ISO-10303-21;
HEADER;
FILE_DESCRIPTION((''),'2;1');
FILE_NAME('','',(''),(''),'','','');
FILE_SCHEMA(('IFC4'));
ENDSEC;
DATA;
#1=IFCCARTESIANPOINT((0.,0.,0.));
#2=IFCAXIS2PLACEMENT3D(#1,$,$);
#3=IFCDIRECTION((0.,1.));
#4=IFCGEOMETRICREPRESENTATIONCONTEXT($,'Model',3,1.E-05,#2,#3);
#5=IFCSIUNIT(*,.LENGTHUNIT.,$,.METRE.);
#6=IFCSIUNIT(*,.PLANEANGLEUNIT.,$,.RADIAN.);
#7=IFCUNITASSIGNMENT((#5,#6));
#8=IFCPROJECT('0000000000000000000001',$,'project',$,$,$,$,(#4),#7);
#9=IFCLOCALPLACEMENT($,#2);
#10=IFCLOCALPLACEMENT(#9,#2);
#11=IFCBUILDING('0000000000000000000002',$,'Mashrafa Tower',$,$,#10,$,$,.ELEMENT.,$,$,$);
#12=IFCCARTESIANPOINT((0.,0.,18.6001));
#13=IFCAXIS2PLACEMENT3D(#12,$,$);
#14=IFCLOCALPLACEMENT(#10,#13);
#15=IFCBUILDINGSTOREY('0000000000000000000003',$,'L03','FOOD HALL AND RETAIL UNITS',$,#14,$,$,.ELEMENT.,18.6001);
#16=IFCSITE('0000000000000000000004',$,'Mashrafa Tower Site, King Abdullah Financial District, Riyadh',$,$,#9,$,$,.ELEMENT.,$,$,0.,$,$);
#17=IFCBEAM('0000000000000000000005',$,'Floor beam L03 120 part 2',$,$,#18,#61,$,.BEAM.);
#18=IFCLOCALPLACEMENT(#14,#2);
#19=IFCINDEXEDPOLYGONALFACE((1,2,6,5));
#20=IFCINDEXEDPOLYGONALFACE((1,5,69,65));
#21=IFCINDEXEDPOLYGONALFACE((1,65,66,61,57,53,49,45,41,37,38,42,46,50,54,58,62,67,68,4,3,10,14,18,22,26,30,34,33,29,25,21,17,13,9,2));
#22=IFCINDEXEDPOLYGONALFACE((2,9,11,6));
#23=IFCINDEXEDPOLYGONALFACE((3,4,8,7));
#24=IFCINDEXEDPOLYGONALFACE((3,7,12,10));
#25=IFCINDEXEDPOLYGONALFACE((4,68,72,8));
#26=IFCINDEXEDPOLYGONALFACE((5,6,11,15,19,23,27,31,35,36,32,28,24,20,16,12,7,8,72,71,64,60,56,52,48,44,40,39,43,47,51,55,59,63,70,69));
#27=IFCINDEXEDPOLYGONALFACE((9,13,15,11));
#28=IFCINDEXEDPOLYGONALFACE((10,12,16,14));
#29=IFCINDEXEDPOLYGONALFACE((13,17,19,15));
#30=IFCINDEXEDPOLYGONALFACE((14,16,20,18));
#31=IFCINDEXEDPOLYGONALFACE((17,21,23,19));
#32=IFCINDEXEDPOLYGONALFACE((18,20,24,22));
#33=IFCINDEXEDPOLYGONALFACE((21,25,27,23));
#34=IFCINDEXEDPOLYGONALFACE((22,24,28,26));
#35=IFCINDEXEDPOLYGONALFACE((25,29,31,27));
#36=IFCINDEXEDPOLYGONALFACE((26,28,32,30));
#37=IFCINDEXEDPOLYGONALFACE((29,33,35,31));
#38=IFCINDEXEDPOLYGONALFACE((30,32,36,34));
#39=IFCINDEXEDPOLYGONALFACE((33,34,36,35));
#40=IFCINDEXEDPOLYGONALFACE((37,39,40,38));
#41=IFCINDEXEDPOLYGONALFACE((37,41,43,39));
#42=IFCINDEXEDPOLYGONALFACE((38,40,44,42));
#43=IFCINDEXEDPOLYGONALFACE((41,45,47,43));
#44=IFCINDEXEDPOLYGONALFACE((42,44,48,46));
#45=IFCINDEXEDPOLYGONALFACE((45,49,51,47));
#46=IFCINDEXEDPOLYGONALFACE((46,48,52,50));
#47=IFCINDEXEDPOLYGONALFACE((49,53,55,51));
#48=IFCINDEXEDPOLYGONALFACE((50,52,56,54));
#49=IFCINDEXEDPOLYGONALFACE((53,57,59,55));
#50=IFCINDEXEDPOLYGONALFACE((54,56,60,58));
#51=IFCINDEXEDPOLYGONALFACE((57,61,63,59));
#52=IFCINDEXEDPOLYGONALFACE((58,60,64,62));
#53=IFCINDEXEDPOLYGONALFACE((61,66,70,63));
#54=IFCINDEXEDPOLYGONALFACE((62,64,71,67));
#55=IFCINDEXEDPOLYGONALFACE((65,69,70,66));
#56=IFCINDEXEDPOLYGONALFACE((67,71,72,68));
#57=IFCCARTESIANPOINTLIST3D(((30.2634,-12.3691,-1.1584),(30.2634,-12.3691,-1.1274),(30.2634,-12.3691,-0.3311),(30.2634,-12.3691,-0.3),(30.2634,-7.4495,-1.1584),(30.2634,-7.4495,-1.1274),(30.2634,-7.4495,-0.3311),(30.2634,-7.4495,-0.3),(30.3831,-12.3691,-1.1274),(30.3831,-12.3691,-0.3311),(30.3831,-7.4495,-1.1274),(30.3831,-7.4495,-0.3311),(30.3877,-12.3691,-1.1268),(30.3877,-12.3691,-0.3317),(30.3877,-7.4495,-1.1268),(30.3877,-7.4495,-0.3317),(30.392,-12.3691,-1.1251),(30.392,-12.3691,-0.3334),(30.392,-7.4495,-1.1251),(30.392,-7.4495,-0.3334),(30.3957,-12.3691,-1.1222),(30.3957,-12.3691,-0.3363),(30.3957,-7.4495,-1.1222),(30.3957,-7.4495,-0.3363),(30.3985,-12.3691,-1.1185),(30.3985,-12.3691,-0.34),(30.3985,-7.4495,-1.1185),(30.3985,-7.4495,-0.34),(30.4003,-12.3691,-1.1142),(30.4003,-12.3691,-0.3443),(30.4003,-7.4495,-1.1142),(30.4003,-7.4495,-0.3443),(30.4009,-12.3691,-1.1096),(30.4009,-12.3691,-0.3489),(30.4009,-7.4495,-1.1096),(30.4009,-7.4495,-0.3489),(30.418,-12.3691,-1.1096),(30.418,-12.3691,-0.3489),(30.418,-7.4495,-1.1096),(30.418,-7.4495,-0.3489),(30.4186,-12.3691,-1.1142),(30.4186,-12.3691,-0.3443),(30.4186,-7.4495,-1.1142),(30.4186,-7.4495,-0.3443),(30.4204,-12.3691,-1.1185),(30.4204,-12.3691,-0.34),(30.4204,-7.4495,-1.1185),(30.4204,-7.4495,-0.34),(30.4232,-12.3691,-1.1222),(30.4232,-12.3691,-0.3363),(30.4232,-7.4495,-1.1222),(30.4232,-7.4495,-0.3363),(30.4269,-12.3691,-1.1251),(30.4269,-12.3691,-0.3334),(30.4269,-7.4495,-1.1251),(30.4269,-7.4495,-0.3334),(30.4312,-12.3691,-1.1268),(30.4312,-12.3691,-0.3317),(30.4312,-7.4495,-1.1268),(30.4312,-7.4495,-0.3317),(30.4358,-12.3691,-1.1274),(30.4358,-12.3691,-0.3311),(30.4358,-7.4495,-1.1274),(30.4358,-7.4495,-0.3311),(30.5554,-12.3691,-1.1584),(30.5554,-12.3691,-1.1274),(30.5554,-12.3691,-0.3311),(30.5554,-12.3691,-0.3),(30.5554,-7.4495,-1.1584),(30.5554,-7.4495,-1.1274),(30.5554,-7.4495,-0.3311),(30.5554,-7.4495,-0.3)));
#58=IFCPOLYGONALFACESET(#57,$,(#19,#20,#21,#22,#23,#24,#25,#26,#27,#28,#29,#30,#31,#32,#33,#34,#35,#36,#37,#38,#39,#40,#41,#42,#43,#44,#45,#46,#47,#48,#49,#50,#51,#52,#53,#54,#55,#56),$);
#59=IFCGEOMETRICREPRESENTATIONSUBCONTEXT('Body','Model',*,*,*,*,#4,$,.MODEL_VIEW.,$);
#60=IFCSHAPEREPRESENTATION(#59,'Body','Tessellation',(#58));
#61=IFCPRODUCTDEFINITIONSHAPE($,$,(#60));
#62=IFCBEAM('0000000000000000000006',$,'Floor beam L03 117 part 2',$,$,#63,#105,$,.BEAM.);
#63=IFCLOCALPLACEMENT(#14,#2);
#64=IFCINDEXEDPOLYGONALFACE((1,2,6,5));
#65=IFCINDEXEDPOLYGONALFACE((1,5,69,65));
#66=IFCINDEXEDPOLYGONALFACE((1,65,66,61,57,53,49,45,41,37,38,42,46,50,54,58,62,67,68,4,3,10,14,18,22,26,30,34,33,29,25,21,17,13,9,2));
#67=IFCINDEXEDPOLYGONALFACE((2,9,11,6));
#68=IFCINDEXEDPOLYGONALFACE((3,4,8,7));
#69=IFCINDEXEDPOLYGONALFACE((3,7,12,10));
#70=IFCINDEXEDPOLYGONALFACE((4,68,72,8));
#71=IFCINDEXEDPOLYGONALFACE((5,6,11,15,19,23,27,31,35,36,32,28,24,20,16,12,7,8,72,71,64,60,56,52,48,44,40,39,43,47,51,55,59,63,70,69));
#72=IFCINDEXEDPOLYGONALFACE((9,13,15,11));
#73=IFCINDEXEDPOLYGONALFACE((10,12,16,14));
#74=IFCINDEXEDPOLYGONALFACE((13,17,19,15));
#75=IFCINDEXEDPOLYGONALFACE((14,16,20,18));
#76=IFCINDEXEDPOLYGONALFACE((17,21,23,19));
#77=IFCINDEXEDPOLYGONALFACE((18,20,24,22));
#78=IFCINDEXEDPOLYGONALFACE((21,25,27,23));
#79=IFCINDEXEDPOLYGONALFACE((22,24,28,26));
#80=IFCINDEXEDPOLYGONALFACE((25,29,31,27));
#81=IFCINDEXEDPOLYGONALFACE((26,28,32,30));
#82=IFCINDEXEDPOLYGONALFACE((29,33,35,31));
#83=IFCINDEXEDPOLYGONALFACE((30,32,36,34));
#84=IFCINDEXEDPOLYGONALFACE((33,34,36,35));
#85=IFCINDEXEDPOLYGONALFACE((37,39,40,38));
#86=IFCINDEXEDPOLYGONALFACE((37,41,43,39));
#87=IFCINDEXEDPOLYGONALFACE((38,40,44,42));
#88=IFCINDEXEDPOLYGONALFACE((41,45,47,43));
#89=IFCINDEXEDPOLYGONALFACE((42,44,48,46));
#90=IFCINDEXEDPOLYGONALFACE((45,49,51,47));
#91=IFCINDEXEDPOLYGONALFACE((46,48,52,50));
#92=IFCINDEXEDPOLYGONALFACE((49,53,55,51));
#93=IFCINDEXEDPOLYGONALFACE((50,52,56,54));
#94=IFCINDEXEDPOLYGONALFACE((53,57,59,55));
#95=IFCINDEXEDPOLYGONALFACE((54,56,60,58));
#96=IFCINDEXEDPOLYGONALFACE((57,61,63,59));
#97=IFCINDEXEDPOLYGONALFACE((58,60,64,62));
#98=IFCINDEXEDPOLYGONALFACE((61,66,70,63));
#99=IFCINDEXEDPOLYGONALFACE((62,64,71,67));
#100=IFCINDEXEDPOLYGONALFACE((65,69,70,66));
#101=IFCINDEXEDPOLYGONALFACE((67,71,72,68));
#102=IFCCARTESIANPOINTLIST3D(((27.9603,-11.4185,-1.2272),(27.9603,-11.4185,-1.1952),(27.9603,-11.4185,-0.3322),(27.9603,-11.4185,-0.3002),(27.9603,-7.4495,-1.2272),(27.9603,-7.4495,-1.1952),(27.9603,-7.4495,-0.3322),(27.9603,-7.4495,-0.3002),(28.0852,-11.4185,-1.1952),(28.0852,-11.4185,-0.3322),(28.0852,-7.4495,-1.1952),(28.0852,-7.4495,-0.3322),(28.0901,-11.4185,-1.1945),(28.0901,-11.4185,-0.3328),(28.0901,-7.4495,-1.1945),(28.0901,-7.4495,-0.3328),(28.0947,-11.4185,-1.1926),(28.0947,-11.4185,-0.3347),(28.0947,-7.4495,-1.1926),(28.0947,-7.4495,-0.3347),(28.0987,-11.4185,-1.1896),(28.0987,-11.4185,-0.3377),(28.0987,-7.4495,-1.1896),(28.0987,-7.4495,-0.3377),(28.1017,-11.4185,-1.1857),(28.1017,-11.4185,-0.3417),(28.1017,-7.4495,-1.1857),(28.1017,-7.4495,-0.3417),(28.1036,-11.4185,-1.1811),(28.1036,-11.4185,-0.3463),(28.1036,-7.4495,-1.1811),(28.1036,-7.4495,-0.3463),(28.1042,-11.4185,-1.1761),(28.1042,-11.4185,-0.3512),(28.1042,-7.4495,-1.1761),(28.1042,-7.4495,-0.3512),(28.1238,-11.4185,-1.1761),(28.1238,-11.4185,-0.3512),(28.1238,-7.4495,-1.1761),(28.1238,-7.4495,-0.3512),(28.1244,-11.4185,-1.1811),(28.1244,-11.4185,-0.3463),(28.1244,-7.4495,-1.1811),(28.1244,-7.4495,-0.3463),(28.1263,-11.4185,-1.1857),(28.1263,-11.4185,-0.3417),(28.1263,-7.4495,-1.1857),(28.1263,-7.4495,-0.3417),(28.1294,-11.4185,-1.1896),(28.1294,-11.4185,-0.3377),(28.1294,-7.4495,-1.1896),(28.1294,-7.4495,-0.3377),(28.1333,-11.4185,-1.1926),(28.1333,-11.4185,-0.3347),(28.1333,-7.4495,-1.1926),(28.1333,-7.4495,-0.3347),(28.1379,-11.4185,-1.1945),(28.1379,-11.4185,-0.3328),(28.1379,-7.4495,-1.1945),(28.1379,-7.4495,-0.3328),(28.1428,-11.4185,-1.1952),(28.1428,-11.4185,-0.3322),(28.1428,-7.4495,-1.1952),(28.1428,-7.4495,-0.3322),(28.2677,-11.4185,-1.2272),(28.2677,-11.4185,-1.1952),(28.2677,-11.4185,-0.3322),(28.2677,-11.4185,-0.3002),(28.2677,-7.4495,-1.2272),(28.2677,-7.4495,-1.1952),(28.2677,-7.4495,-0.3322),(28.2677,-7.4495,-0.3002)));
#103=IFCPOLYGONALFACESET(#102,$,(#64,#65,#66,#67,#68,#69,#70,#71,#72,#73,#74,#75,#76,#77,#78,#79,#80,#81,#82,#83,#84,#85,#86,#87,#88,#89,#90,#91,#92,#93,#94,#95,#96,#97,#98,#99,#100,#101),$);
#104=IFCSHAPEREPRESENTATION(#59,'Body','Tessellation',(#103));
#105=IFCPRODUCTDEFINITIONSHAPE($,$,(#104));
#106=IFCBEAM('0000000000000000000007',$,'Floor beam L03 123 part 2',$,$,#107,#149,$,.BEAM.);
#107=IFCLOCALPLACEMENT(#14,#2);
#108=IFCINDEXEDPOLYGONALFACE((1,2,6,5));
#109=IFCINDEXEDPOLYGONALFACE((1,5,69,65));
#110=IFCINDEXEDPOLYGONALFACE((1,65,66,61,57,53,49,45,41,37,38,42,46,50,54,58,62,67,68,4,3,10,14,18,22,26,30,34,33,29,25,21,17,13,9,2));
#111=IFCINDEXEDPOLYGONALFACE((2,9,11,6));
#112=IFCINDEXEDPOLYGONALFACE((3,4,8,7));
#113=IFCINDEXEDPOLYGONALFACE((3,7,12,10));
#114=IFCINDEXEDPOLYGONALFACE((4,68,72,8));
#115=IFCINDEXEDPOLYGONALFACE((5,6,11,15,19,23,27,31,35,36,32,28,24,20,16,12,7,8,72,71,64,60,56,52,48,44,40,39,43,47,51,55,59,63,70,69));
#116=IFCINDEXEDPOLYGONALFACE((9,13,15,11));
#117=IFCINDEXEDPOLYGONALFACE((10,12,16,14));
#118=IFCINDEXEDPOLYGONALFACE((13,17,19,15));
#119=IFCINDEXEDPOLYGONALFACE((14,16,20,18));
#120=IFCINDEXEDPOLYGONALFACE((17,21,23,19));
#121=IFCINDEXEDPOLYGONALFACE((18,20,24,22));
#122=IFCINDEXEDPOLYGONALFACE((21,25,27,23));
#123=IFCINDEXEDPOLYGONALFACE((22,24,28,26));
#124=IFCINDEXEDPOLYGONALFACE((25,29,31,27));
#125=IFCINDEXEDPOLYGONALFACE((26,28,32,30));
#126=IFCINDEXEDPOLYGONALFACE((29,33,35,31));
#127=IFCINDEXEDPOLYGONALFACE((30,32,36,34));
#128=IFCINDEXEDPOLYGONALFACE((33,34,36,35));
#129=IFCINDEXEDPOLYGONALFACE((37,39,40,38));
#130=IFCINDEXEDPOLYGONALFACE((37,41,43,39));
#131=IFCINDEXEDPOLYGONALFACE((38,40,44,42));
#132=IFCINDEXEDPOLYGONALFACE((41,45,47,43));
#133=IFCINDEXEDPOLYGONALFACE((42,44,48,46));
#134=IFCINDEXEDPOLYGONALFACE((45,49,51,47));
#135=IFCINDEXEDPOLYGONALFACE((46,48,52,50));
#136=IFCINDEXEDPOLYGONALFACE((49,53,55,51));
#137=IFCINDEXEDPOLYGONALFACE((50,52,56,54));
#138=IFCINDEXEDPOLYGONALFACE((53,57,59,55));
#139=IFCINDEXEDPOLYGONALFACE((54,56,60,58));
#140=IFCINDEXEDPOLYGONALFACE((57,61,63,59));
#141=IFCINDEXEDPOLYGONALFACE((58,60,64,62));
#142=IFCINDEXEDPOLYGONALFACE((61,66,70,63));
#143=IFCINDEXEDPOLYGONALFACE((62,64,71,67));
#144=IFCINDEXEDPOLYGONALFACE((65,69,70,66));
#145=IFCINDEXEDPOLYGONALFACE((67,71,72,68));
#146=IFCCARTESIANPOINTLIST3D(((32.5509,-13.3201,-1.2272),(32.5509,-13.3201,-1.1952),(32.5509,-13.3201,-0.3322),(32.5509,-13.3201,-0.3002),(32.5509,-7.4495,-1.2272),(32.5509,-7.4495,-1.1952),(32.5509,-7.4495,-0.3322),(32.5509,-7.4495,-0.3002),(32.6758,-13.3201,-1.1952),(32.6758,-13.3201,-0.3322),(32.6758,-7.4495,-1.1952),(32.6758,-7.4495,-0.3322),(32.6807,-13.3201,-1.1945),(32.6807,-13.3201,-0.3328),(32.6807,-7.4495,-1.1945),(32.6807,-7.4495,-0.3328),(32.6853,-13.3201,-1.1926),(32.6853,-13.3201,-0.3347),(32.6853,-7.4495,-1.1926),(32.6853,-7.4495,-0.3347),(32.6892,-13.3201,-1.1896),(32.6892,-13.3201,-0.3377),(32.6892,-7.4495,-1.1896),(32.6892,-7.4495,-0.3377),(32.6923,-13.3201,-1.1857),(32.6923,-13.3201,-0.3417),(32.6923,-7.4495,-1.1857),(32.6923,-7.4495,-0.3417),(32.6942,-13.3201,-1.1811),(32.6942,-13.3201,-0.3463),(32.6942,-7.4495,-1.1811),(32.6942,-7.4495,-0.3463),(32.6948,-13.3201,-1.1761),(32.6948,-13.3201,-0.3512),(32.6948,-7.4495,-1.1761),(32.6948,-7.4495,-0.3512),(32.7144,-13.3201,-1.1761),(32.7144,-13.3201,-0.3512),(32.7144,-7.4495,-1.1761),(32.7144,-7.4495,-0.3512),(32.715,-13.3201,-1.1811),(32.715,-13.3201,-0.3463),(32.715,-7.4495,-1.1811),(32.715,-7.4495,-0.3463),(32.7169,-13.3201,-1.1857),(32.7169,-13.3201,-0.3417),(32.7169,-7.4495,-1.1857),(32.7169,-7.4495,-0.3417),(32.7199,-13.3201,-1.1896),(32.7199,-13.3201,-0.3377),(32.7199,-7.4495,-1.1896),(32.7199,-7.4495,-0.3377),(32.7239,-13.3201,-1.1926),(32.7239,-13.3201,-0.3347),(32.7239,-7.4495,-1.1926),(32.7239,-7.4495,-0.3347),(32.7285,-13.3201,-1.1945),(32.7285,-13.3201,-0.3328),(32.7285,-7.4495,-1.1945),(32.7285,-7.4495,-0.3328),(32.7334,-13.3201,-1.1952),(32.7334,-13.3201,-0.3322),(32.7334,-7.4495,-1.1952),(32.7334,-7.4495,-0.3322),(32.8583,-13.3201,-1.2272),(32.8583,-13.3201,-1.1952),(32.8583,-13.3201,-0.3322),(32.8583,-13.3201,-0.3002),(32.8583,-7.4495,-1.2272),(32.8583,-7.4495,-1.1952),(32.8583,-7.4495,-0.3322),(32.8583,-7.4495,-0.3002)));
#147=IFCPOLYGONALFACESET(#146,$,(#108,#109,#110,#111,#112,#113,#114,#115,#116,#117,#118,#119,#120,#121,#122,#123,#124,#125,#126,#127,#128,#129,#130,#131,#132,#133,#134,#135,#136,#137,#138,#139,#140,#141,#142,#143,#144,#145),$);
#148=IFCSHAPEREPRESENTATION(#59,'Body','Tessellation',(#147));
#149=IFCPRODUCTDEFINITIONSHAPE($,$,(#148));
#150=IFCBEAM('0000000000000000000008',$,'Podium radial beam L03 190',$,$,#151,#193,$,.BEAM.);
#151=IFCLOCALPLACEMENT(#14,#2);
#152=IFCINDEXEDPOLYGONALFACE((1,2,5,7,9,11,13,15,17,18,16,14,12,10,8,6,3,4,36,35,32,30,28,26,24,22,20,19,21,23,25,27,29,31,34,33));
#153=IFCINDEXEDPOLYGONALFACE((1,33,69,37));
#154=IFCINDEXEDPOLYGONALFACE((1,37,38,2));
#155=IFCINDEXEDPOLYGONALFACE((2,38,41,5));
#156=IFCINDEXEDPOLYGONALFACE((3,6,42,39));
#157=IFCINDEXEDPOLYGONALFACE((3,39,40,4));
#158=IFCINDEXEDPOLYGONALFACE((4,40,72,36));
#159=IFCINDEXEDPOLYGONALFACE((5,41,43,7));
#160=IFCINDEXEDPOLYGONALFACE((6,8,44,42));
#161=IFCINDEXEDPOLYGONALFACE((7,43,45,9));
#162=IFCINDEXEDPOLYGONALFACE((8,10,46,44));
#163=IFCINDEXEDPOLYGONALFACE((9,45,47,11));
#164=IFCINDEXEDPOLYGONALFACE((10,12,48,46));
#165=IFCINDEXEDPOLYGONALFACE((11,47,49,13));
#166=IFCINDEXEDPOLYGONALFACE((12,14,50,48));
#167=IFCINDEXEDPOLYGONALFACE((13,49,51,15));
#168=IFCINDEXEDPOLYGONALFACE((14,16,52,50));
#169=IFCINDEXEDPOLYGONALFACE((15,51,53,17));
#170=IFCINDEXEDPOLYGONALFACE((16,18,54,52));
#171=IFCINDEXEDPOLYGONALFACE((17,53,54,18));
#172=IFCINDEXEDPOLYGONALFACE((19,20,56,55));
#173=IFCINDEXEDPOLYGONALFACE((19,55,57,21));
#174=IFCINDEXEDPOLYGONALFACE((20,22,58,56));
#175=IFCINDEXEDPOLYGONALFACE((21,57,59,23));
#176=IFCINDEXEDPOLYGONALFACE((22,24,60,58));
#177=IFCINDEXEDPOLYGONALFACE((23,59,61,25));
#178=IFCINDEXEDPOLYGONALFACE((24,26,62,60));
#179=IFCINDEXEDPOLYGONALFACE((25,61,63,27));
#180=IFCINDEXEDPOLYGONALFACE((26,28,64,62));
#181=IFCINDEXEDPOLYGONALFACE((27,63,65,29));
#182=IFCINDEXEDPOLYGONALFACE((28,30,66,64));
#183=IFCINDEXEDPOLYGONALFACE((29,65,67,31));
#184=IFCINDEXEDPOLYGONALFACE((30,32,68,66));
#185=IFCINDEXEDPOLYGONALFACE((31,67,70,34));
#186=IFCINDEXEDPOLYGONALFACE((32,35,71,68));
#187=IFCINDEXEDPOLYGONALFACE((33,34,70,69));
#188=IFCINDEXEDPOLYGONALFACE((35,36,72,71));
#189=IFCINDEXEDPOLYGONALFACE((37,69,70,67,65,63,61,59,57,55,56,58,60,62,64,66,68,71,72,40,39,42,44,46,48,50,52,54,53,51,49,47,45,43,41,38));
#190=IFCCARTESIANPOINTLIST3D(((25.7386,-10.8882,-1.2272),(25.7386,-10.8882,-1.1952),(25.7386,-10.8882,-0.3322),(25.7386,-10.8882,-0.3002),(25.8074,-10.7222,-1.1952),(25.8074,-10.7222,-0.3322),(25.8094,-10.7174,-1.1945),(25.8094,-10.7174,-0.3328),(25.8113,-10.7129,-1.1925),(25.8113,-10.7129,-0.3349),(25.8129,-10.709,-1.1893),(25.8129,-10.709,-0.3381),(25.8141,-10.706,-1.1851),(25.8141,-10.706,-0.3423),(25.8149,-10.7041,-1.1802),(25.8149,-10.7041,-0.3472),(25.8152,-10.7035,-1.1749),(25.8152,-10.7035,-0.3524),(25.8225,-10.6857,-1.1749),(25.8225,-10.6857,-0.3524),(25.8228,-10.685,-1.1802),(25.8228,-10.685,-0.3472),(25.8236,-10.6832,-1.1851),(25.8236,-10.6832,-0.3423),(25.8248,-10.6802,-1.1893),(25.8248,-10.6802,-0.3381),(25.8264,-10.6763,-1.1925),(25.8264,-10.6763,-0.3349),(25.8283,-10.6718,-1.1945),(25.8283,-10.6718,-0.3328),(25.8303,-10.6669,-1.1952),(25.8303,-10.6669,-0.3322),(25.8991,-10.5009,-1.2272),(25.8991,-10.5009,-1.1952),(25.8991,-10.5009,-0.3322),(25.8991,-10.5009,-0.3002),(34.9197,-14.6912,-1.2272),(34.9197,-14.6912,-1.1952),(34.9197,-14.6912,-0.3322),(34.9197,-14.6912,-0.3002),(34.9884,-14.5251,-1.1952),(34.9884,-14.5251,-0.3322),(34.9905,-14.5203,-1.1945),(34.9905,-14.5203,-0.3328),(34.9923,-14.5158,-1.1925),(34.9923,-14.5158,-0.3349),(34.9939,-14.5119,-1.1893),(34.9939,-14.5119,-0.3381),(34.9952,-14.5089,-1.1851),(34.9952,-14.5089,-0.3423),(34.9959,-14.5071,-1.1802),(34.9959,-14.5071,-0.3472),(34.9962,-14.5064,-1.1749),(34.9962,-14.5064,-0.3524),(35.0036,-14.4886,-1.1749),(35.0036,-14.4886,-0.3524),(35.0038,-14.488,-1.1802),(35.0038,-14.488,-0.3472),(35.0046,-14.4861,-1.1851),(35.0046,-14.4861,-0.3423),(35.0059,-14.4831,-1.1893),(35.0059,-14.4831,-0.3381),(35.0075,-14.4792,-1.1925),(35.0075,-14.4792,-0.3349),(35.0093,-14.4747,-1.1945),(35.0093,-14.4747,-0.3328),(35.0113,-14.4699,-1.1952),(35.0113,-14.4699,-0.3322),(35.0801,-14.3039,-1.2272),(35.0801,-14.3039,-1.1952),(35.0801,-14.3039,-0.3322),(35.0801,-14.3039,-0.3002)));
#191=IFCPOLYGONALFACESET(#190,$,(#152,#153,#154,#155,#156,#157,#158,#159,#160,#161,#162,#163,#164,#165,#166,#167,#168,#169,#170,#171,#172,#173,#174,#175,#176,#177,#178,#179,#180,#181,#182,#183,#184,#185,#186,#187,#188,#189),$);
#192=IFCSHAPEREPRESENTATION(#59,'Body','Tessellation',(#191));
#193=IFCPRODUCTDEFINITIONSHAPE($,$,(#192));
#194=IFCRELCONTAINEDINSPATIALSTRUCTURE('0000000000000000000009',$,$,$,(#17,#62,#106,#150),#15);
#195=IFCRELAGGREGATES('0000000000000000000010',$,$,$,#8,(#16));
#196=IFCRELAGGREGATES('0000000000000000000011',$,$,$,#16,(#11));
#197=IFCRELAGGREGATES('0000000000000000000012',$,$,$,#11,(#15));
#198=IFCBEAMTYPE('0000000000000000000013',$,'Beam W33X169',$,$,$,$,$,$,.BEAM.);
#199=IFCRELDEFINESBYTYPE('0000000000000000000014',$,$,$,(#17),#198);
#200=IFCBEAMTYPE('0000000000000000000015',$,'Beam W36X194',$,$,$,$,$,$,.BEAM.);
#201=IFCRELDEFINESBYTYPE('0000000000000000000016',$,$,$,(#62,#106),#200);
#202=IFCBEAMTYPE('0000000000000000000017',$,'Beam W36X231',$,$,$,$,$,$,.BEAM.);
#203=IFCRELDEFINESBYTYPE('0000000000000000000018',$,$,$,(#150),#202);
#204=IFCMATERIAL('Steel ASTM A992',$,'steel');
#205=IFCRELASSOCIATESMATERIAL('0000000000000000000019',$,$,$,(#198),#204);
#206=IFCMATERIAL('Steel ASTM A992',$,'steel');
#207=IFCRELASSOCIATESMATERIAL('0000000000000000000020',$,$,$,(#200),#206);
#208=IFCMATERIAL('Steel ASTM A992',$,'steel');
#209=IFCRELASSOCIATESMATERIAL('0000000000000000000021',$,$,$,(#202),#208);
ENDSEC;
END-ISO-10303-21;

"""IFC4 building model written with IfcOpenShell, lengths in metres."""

from ifc_helpers import new_model, si_unit, direction, frame, origin, origin_2d, place, context, subcontext, project, spatial, i_section, extrude, material, material_profile, profile_set, type_object, element, save


model = new_model("IFC4")

# Units and contexts
model_context = context("Model", 3, precision=1e-05, world=origin(), true_north=direction((0.0, 1.0)))
body_context = subcontext(model_context, "Body", "Model", "MODEL_VIEW")
ifc_project = project(units=[si_unit("LENGTHUNIT", "METRE"), si_unit("PLANEANGLEUNIT", "RADIAN")], contexts=[model_context])

# Site, building, storey
site_placement = place(None, origin())
site = spatial("IfcSite", under=ifc_project, at=site_placement, Name="Mashrafa Tower Site, King Abdullah Financial District, Riyadh", CompositionType="ELEMENT", RefElevation=0.0)
building_placement = place(site_placement, origin())
building = spatial("IfcBuilding", under=site, at=building_placement, Name="Mashrafa Tower", CompositionType="ELEMENT")
storey_placement = place(building_placement, frame((0.0, 0.0, 18.6001)))
storey = spatial("IfcBuildingStorey", under=building, at=storey_placement, Name="L03", Description="FOOD HALL AND RETAIL UNITS", CompositionType="ELEMENT", Elevation=18.6001)

# Beams
ifc_material_1 = material(Name="Steel ASTM A992", Category="steel")
ifc_material_profile_1 = material_profile(ifc_material_1, i_section(OverallWidth=0.292, OverallDepth=0.8584, WebThickness=0.0171, FlangeThickness=0.031, FilletRadius=0.0178, at=origin_2d()), Name="W33X169")
ifc_profile_set_1 = profile_set([ifc_material_profile_1], Name="Steel ASTM A992")
beam_type_1 = type_object("IfcBeamType", Name="Beam W33X169", PredefinedType="BEAM", material=ifc_profile_set_1)
beam_1_placement = place(storey_placement, frame((30.4094, -7.4495, -0.7292), z_axis=(0.0, -1.0, 0.0), x_axis=(1.0, 0.0, 0.0)))
element("IfcBeam", 1, at=beam_1_placement, inside=storey, type_object=beam_type_1, Name="Floor beam L03 120 part 2", PredefinedType="BEAM", context=body_context, shape_type="SweptSolid", body=[
    extrude(i_section(OverallWidth=0.292, OverallDepth=0.8584, WebThickness=0.0171, FlangeThickness=0.031, FilletRadius=0.0178, at=origin_2d()), origin(), (0.0, 0.0, 1.0), 4.9197),
])
ifc_material_2 = material(Name="Steel ASTM A992", Category="steel")
ifc_material_profile_2 = material_profile(ifc_material_2, i_section(OverallWidth=0.3074, OverallDepth=0.927, WebThickness=0.0195, FlangeThickness=0.032, FilletRadius=0.019, at=origin_2d()), Name="W36X194")
ifc_profile_set_2 = profile_set([ifc_material_profile_2], Name="Steel ASTM A992")
beam_type_2 = type_object("IfcBeamType", Name="Beam W36X194", PredefinedType="BEAM", material=ifc_profile_set_2)
beam_2_placement = place(storey_placement, frame((28.114, -7.4495, -0.7637), z_axis=(0.0, -1.0, 0.0), x_axis=(1.0, 0.0, 0.0)))
element("IfcBeam", 2, at=beam_2_placement, inside=storey, type_object=beam_type_2, Name="Floor beam L03 117 part 2", PredefinedType="BEAM", context=body_context, shape_type="SweptSolid", body=[
    extrude(i_section(OverallWidth=0.3074, OverallDepth=0.927, WebThickness=0.0195, FlangeThickness=0.032, FilletRadius=0.019, at=origin_2d()), origin(), (0.0, 0.0, 1.0), 3.969),
])
beam_3_placement = place(storey_placement, frame((32.7046, -7.4495, -0.7637), z_axis=(0.0, -1.0, 0.0), x_axis=(1.0, 0.0, 0.0)))
element("IfcBeam", 3, at=beam_3_placement, inside=storey, type_object=beam_type_2, Name="Floor beam L03 123 part 2", PredefinedType="BEAM", context=body_context, shape_type="SweptSolid", body=[
    extrude(i_section(OverallWidth=0.3074, OverallDepth=0.927, WebThickness=0.0195, FlangeThickness=0.032, FilletRadius=0.019, at=origin_2d()), origin(), (0.0, 0.0, 1.0), 5.8706),
])
ifc_material_3 = material(Name="Steel ASTM A992", Category="steel")
ifc_material_profile_3 = material_profile(ifc_material_3, i_section(OverallWidth=0.4192, OverallDepth=0.927, WebThickness=0.0193, FlangeThickness=0.032, FilletRadius=0.0203, at=origin_2d()), Name="W36X231")
ifc_profile_set_3 = profile_set([ifc_material_profile_3], Name="Steel ASTM A992")
beam_type_3 = type_object("IfcBeamType", Name="Beam W36X231", PredefinedType="BEAM", material=ifc_profile_set_3)
beam_4_placement = place(storey_placement, frame((25.8188, -10.6946, -0.7637), z_axis=(0.923879, -0.382685, 0.0), x_axis=(0.382685, 0.923879, 0.0)))
element("IfcBeam", 4, at=beam_4_placement, inside=storey, type_object=beam_type_3, Name="Podium radial beam L03 190", PredefinedType="BEAM", context=body_context, shape_type="SweptSolid", body=[
    extrude(i_section(OverallWidth=0.4192, OverallDepth=0.927, WebThickness=0.0193, FlangeThickness=0.032, FilletRadius=0.0203, at=origin_2d()), origin(), (0.0, 0.0, 1.0), 9.9375),
])

save(model, "model.ifc")
